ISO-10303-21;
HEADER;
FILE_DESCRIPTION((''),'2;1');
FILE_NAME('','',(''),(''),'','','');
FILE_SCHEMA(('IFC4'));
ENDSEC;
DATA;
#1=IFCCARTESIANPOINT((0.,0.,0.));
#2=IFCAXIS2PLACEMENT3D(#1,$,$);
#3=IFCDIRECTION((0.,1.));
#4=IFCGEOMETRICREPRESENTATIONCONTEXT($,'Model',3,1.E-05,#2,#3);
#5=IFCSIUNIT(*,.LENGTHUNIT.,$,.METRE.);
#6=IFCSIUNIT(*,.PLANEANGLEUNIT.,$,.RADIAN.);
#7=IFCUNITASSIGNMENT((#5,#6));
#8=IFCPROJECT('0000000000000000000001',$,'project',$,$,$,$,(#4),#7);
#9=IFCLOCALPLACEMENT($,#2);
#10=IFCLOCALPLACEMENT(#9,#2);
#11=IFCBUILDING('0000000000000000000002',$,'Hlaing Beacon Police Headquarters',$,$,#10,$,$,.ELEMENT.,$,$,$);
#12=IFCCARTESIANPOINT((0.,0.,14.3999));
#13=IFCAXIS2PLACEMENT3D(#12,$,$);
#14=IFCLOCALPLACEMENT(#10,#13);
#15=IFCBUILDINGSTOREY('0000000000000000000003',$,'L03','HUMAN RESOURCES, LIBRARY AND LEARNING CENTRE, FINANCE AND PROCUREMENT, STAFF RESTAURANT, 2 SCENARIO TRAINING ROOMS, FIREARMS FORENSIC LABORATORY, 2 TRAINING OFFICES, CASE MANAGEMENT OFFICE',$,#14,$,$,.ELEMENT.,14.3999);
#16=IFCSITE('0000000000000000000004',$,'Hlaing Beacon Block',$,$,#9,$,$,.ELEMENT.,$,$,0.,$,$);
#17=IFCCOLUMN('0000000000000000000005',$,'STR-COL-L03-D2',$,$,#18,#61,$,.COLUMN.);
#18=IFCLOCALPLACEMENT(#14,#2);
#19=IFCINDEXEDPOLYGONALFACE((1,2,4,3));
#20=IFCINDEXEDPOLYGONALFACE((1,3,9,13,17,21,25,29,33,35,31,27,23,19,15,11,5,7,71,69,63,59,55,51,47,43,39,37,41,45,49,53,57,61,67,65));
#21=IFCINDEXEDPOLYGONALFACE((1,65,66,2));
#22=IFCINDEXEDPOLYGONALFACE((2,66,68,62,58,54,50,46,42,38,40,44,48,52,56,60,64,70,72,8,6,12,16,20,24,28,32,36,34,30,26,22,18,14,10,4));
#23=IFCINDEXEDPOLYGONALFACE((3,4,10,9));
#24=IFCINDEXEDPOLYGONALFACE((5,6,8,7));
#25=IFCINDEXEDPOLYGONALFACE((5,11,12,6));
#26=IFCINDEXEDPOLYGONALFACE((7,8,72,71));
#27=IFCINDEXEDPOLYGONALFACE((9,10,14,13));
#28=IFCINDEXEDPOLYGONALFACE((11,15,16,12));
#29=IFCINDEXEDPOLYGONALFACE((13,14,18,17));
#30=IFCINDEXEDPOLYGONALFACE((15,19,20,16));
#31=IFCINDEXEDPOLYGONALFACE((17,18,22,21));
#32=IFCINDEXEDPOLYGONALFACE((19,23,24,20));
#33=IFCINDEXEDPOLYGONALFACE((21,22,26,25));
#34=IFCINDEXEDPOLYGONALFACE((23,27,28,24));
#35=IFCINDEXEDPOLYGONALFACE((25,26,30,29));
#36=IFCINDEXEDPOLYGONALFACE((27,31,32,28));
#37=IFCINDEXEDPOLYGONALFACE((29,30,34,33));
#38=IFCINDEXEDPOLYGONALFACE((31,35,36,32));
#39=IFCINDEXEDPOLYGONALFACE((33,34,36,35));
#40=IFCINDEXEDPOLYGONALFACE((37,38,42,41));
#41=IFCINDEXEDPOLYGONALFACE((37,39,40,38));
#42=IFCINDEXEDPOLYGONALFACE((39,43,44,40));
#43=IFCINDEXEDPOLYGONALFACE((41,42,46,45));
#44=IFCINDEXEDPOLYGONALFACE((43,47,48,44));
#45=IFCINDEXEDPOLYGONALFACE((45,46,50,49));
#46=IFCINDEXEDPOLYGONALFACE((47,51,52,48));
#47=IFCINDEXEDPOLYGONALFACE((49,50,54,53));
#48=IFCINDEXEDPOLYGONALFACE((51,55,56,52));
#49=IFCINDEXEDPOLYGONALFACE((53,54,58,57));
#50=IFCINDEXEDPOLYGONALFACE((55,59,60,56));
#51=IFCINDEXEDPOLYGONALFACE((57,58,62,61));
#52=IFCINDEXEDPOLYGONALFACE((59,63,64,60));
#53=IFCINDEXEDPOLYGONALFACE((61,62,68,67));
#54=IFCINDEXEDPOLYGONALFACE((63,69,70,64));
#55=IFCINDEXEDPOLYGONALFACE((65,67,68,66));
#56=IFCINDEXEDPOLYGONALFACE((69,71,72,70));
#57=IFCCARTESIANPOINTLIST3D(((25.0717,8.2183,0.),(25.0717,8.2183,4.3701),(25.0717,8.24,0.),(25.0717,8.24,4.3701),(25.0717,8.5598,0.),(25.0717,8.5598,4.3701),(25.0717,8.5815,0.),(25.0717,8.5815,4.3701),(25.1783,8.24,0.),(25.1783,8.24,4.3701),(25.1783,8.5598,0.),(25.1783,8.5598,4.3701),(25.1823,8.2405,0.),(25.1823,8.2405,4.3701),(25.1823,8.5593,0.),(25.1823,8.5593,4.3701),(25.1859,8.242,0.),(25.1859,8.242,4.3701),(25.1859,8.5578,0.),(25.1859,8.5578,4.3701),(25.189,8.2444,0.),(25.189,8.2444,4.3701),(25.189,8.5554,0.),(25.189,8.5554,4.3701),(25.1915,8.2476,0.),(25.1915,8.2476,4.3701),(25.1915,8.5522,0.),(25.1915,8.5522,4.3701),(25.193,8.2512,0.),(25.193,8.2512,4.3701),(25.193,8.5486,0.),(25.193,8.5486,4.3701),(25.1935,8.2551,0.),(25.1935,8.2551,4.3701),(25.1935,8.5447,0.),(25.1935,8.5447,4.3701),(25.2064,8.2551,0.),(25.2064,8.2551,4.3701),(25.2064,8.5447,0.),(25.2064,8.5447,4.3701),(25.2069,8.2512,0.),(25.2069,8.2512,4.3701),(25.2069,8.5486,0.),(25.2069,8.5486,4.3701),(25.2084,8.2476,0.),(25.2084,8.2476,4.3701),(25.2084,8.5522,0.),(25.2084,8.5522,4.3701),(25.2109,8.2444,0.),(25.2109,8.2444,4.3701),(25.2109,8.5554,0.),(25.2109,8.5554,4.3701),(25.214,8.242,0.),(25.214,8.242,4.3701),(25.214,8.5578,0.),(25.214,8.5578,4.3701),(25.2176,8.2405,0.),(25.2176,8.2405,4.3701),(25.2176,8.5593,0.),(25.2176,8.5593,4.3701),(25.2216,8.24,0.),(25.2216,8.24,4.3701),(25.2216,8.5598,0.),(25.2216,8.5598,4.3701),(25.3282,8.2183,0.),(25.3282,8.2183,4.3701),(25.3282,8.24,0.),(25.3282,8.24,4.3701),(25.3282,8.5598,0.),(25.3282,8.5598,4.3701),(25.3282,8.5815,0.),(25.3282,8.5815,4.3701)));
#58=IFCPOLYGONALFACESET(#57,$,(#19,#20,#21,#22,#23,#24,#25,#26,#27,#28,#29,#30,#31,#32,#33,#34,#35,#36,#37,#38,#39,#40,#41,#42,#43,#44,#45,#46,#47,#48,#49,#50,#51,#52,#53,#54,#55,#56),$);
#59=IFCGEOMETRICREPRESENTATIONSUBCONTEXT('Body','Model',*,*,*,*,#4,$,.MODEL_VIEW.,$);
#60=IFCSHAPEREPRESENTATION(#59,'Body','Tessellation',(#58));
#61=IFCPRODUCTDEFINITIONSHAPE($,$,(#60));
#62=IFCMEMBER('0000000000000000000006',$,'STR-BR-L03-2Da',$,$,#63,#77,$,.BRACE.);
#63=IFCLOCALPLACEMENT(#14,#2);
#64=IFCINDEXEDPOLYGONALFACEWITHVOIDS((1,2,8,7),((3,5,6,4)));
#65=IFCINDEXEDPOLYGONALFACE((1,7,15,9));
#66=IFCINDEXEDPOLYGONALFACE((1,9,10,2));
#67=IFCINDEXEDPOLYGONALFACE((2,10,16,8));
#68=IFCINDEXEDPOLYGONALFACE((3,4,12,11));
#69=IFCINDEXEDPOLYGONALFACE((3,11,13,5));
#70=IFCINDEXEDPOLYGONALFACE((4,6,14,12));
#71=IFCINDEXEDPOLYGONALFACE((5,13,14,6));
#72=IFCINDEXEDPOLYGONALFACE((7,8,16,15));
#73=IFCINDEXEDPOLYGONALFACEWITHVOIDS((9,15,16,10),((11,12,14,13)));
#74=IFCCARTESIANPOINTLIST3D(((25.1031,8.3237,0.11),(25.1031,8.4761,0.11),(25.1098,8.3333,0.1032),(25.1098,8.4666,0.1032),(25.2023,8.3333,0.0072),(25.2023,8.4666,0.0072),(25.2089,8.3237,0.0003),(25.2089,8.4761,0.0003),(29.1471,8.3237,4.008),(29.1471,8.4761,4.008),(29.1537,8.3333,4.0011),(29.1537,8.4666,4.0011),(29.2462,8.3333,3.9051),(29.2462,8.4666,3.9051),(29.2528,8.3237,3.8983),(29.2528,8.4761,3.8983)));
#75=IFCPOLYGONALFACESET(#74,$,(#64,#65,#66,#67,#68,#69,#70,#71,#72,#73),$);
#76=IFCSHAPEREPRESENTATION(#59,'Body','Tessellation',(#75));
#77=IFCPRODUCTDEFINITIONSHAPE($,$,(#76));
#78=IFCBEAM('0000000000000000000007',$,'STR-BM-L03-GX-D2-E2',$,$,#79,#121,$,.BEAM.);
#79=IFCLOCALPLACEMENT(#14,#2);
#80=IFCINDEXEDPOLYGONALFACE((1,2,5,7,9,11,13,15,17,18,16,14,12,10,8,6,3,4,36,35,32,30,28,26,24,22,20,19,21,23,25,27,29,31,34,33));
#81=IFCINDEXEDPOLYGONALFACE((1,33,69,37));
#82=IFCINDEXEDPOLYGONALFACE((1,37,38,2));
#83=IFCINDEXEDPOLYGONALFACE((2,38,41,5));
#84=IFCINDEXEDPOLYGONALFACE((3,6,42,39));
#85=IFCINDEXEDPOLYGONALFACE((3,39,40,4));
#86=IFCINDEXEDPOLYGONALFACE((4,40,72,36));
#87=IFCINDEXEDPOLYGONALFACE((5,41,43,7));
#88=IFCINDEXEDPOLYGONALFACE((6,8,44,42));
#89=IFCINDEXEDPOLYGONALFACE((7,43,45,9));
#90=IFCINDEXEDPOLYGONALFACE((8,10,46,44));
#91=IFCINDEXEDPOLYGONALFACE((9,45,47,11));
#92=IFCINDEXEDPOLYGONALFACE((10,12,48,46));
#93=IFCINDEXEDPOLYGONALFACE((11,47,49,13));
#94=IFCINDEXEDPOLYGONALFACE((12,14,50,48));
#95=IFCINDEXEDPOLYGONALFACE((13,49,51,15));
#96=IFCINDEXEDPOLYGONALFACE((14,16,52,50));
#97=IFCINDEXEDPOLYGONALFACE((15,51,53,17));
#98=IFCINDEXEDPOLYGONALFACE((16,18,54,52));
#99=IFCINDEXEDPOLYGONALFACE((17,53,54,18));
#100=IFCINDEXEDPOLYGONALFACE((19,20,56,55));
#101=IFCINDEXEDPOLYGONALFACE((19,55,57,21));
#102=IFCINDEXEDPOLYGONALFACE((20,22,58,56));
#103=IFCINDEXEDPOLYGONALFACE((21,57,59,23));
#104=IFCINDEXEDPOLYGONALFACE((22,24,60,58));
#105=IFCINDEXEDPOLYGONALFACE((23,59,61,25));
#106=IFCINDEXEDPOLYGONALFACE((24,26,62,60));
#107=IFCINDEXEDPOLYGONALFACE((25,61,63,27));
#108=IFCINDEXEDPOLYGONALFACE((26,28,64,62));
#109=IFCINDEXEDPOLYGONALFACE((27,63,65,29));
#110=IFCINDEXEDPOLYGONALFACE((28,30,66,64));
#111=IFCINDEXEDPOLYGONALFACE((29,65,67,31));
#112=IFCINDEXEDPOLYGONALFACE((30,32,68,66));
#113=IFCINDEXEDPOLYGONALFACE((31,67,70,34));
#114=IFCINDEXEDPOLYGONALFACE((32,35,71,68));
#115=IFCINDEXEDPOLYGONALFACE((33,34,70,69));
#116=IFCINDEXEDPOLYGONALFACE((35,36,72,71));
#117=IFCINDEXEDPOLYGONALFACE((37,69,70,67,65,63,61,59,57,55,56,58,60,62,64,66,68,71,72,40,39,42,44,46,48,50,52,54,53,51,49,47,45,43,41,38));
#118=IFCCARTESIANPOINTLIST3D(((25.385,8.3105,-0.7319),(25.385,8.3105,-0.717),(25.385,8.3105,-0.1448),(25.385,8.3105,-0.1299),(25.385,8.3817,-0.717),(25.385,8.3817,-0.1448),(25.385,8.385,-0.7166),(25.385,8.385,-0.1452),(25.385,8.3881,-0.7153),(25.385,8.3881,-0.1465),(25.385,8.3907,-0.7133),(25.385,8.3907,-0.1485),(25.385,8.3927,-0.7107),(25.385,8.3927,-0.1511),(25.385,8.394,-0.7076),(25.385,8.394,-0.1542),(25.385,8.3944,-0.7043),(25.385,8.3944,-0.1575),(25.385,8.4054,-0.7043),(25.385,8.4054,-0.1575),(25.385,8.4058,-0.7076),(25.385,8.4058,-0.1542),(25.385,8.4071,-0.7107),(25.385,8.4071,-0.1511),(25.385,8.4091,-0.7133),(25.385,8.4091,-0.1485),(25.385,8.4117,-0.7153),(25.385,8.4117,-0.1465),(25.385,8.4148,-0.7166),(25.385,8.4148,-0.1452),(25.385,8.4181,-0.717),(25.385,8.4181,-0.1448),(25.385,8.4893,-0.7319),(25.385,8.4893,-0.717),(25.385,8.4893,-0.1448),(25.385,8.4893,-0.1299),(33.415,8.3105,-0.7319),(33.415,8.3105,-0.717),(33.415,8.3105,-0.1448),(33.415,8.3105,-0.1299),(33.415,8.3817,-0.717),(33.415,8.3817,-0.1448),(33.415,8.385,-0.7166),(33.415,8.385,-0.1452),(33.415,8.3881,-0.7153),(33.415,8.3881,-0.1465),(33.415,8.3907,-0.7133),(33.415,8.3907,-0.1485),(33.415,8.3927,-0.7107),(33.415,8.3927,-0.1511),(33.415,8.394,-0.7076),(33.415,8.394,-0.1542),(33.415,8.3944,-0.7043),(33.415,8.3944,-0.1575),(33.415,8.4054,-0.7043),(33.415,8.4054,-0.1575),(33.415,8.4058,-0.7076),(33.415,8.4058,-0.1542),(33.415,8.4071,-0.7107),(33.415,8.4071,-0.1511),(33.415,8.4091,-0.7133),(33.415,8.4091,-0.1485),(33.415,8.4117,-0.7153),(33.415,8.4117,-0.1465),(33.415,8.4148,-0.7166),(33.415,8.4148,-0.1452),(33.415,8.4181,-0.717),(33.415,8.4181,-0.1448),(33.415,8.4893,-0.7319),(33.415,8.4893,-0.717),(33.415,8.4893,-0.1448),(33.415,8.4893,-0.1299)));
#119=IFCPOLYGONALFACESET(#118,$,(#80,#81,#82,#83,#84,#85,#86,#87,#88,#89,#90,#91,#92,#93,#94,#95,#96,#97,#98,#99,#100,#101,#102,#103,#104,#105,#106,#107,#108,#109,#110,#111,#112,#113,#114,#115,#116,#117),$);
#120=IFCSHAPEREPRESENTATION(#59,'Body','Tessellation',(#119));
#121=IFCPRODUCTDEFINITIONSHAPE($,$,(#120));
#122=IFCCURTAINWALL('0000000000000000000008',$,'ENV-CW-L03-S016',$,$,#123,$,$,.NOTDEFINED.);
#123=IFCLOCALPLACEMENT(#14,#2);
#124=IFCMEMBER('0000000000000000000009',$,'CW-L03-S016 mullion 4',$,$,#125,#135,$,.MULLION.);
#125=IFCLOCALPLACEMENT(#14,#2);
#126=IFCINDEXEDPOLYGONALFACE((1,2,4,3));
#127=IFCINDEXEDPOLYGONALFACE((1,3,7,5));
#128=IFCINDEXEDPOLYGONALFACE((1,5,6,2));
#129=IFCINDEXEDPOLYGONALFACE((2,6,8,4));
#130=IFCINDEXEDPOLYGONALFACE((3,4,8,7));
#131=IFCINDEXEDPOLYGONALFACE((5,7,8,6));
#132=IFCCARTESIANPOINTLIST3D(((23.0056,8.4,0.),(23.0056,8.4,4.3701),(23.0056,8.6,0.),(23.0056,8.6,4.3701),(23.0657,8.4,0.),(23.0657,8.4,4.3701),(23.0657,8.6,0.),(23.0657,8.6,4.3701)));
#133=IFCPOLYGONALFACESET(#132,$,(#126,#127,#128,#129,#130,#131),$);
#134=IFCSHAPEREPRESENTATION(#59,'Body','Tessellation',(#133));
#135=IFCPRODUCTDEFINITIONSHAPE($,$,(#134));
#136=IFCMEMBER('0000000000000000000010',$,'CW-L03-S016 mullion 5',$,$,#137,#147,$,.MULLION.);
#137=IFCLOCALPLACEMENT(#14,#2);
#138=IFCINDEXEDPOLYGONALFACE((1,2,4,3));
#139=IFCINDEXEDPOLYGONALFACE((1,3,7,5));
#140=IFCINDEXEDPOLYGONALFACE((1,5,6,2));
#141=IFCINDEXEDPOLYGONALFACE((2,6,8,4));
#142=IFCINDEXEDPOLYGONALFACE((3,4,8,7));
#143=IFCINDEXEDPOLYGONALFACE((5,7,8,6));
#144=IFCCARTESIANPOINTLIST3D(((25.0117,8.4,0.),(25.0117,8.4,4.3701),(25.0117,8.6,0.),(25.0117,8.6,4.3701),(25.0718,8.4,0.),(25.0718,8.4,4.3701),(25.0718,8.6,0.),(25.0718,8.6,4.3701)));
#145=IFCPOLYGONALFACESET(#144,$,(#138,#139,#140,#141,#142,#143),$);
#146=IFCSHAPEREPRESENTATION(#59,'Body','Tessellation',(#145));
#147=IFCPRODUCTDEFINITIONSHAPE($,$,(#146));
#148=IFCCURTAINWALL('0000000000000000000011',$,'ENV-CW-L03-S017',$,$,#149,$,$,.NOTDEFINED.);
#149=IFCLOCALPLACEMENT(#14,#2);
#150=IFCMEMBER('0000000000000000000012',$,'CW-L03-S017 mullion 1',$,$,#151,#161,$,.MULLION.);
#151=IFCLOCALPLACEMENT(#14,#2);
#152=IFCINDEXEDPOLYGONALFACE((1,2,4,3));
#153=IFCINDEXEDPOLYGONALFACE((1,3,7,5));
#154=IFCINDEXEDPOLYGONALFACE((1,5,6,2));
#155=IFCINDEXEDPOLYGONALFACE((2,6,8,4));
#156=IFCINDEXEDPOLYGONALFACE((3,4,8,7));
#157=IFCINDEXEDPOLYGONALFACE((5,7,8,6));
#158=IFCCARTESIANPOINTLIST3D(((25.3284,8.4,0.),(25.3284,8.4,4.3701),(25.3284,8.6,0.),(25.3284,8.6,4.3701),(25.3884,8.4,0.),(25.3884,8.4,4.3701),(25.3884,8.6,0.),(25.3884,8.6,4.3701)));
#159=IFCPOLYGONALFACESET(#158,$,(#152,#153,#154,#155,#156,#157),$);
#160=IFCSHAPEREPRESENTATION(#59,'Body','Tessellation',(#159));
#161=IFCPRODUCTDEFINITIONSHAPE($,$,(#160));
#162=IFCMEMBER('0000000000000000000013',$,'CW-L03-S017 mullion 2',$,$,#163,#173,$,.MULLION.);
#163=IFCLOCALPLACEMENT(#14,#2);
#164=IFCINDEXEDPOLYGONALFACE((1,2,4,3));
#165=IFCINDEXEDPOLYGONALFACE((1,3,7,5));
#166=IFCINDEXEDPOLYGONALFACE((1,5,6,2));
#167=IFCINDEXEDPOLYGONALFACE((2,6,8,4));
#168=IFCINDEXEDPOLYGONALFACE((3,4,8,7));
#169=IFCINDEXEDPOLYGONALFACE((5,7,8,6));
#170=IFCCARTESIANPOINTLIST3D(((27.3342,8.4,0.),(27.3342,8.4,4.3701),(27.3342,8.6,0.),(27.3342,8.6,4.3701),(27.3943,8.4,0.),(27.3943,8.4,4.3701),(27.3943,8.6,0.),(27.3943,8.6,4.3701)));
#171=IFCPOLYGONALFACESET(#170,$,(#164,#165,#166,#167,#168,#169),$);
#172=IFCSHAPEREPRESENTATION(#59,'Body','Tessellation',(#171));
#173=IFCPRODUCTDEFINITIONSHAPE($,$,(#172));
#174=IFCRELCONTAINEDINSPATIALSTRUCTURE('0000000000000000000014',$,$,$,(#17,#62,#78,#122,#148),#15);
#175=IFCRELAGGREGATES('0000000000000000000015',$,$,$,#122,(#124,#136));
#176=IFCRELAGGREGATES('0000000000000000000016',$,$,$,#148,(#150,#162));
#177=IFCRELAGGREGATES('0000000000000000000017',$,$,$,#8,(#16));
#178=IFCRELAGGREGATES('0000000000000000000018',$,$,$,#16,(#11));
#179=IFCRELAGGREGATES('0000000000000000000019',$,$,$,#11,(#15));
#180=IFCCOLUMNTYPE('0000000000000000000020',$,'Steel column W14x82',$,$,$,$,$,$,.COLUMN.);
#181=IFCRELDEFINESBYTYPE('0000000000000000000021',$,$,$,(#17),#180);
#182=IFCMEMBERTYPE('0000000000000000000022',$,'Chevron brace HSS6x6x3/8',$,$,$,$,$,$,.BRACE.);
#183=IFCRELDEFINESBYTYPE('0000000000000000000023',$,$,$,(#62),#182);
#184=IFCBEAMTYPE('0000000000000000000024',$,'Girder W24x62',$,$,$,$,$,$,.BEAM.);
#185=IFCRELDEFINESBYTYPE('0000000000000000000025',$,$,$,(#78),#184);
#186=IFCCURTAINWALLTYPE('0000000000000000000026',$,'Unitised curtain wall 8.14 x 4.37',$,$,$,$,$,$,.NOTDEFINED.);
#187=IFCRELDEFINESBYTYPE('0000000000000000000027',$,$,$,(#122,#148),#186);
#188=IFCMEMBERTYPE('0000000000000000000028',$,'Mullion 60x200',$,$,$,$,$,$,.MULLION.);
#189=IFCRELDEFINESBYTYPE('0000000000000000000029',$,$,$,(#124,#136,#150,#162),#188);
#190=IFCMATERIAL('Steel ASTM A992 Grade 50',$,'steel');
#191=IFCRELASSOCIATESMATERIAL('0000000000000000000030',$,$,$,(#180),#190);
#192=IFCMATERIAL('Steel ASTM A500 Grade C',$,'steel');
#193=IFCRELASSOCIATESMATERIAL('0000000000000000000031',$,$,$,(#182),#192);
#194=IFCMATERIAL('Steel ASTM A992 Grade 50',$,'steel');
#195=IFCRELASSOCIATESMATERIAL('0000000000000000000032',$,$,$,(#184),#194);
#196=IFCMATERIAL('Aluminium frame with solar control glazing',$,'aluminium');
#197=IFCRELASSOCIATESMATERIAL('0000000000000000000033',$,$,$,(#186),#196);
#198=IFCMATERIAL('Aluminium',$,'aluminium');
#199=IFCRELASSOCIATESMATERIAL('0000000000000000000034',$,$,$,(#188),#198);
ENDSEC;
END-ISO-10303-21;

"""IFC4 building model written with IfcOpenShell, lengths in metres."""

from ifc_helpers import new_model, si_unit, direction, frame, origin, origin_2d, place, context, subcontext, project, spatial, rectangle, hollow_rectangle, i_section, extrude, material, material_profile, profile_set, type_object, element, aggregate, save


model = new_model("IFC4")

# Units and contexts
model_context = context("Model", 3, precision=1e-05, world=origin(), true_north=direction((0.0, 1.0)))
body_context = subcontext(model_context, "Body", "Model", "MODEL_VIEW")
ifc_project = project(units=[si_unit("LENGTHUNIT", "METRE"), si_unit("PLANEANGLEUNIT", "RADIAN")], contexts=[model_context])

# Site, building, storey
site_placement = place(None, origin())
site = spatial("IfcSite", under=ifc_project, at=site_placement, Name="Hlaing Beacon Block", CompositionType="ELEMENT", RefElevation=0.0)
building_placement = place(site_placement, origin())
building = spatial("IfcBuilding", under=site, at=building_placement, Name="Hlaing Beacon Police Headquarters", CompositionType="ELEMENT")
storey_placement = place(building_placement, frame((0.0, 0.0, 14.3999)))
storey = spatial("IfcBuildingStorey", under=building, at=storey_placement, Name="L03", Description="HUMAN RESOURCES, LIBRARY AND LEARNING CENTRE, FINANCE AND PROCUREMENT, STAFF RESTAURANT, 2 SCENARIO TRAINING ROOMS, FIREARMS FORENSIC LABORATORY, 2 TRAINING OFFICES, CASE MANAGEMENT OFFICE", CompositionType="ELEMENT", Elevation=14.3999)

# Column
ifc_material_1 = material(Name="Steel ASTM A992 Grade 50", Category="steel")
ifc_material_profile_1 = material_profile(ifc_material_1, i_section(OverallWidth=0.2566, OverallDepth=0.3633, WebThickness=0.0129, FlangeThickness=0.0217, FilletRadius=0.0151, at=origin_2d()), Name="W14x82")
ifc_profile_set_1 = profile_set([ifc_material_profile_1], Name="Steel ASTM A992 Grade 50")
column_type = type_object("IfcColumnType", Name="Steel column W14x82", PredefinedType="COLUMN", material=ifc_profile_set_1)
column_placement = place(storey_placement, frame((25.2, 8.3999, 0.0), z_axis=(0.0, 0.0, 1.0), x_axis=(1.0, 0.0, 0.0)))
element("IfcColumn", 1, at=column_placement, inside=storey, type_object=column_type, Name="STR-COL-L03-D2", PredefinedType="COLUMN", context=body_context, shape_type="SweptSolid", body=[
    extrude(i_section(OverallWidth=0.2566, OverallDepth=0.3633, WebThickness=0.0129, FlangeThickness=0.0217, FilletRadius=0.0151, at=origin_2d()), origin(), (0.0, 0.0, 1.0), 4.3701),
])

# Member
ifc_material_2 = material(Name="Steel ASTM A500 Grade C", Category="steel")
ifc_material_profile_2 = material_profile(ifc_material_2, hollow_rectangle(XDim=0.1523, YDim=0.1523, WallThickness=0.0095, at=origin_2d()), Name="HSS6x6x3/8")
ifc_profile_set_2 = profile_set([ifc_material_profile_2], Name="Steel ASTM A500 Grade C")
member_type_1 = type_object("IfcMemberType", Name="Chevron brace HSS6x6x3/8", PredefinedType="BRACE", material=ifc_profile_set_2)
member_1_placement = place(storey_placement, frame((25.156, 8.3999, 0.0552), z_axis=(0.719984, 0.0, 0.693991), x_axis=(0.0, 1.0, 0.0)))
element("IfcMember", 2, at=member_1_placement, inside=storey, type_object=member_type_1, Name="STR-BR-L03-2Da", PredefinedType="BRACE", context=body_context, shape_type="SweptSolid", body=[
    extrude(hollow_rectangle(XDim=0.1523, YDim=0.1523, WallThickness=0.0095, at=origin_2d()), origin(), (0.0, 0.0, 1.0), 5.6167),
])

# Beam
ifc_material_3 = material(Name="Steel ASTM A992 Grade 50", Category="steel")
ifc_material_profile_3 = material_profile(ifc_material_3, i_section(OverallWidth=0.1787, OverallDepth=0.6021, WebThickness=0.011, FlangeThickness=0.0149, FilletRadius=0.0127, at=origin_2d()), Name="W24x62")
ifc_profile_set_3 = profile_set([ifc_material_profile_3], Name="Steel ASTM A992 Grade 50")
beam_type_1 = type_object("IfcBeamType", Name="Girder W24x62", PredefinedType="BEAM", material=ifc_profile_set_3)
beam_1_placement = place(storey_placement, frame((25.385, 8.3999, -0.4309), z_axis=(1.0, 0.0, 0.0), x_axis=(0.0, 1.0, 0.0)))
element("IfcBeam", 3, at=beam_1_placement, inside=storey, type_object=beam_type_1, Name="STR-BM-L03-GX-D2-E2", PredefinedType="BEAM", context=body_context, shape_type="SweptSolid", body=[
    extrude(i_section(OverallWidth=0.1787, OverallDepth=0.6021, WebThickness=0.011, FlangeThickness=0.0149, FilletRadius=0.0127, at=origin_2d()), origin(), (0.0, 0.0, 1.0), 8.03),
])

# Curtain walls, members
ifc_material_4 = material(Name="Aluminium frame with solar control glazing", Category="aluminium")
curtain_wall_type = type_object("IfcCurtainWallType", Name="Unitised curtain wall 8.14 x 4.37", PredefinedType="NOTDEFINED", material=ifc_material_4)
curtain_wall_1_placement = place(storey_placement, origin())
curtain_wall_1 = element("IfcCurtainWall", 4, at=curtain_wall_1_placement, inside=storey, type_object=curtain_wall_type, Name="ENV-CW-L03-S016", PredefinedType="NOTDEFINED")
ifc_material_5 = material(Name="Aluminium", Category="aluminium")
ifc_material_profile_4 = material_profile(ifc_material_5, rectangle(XDim=0.2, YDim=0.0601, at=origin_2d()), Name="Mullion 60x200")
ifc_profile_set_4 = profile_set([ifc_material_profile_4], Name="Aluminium")
member_type_2 = type_object("IfcMemberType", Name="Mullion 60x200", PredefinedType="MULLION", material=ifc_profile_set_4)
member_2_placement = place(storey_placement, frame((23.0356, 8.5, 0.0), z_axis=(0.0, 0.0, 1.0), x_axis=(0.0, 1.0, 0.0)))
member_2 = element("IfcMember", 5, at=member_2_placement, type_object=member_type_2, Name="CW-L03-S016 mullion 4", PredefinedType="MULLION", context=body_context, shape_type="SweptSolid", body=[
    extrude(rectangle(XDim=0.2, YDim=0.0601, at=origin_2d()), origin(), (0.0, 0.0, 1.0), 4.3701),
])
member_3_placement = place(storey_placement, frame((25.0417, 8.5, 0.0), z_axis=(0.0, 0.0, 1.0), x_axis=(0.0, 1.0, 0.0)))
member_3 = element("IfcMember", 6, at=member_3_placement, type_object=member_type_2, Name="CW-L03-S016 mullion 5", PredefinedType="MULLION", context=body_context, shape_type="SweptSolid", body=[
    extrude(rectangle(XDim=0.2, YDim=0.0601, at=origin_2d()), origin(), (0.0, 0.0, 1.0), 4.3701),
])
curtain_wall_2_placement = place(storey_placement, origin())
curtain_wall_2 = element("IfcCurtainWall", 7, at=curtain_wall_2_placement, inside=storey, type_object=curtain_wall_type, Name="ENV-CW-L03-S017", PredefinedType="NOTDEFINED")
member_4_placement = place(storey_placement, frame((25.3584, 8.5, 0.0), z_axis=(0.0, 0.0, 1.0), x_axis=(0.0, 1.0, 0.0)))
member_4 = element("IfcMember", 8, at=member_4_placement, type_object=member_type_2, Name="CW-L03-S017 mullion 1", PredefinedType="MULLION", context=body_context, shape_type="SweptSolid", body=[
    extrude(rectangle(XDim=0.2, YDim=0.0601, at=origin_2d()), origin(), (0.0, 0.0, 1.0), 4.3701),
])
member_5_placement = place(storey_placement, frame((27.3643, 8.5, 0.0), z_axis=(0.0, 0.0, 1.0), x_axis=(0.0, 1.0, 0.0)))
member_5 = element("IfcMember", 9, at=member_5_placement, type_object=member_type_2, Name="CW-L03-S017 mullion 2", PredefinedType="MULLION", context=body_context, shape_type="SweptSolid", body=[
    extrude(rectangle(XDim=0.2, YDim=0.0601, at=origin_2d()), origin(), (0.0, 0.0, 1.0), 4.3701),
])

aggregate(curtain_wall_1, [member_2, member_3])
aggregate(curtain_wall_2, [member_4, member_5])

save(model, "model.ifc")
